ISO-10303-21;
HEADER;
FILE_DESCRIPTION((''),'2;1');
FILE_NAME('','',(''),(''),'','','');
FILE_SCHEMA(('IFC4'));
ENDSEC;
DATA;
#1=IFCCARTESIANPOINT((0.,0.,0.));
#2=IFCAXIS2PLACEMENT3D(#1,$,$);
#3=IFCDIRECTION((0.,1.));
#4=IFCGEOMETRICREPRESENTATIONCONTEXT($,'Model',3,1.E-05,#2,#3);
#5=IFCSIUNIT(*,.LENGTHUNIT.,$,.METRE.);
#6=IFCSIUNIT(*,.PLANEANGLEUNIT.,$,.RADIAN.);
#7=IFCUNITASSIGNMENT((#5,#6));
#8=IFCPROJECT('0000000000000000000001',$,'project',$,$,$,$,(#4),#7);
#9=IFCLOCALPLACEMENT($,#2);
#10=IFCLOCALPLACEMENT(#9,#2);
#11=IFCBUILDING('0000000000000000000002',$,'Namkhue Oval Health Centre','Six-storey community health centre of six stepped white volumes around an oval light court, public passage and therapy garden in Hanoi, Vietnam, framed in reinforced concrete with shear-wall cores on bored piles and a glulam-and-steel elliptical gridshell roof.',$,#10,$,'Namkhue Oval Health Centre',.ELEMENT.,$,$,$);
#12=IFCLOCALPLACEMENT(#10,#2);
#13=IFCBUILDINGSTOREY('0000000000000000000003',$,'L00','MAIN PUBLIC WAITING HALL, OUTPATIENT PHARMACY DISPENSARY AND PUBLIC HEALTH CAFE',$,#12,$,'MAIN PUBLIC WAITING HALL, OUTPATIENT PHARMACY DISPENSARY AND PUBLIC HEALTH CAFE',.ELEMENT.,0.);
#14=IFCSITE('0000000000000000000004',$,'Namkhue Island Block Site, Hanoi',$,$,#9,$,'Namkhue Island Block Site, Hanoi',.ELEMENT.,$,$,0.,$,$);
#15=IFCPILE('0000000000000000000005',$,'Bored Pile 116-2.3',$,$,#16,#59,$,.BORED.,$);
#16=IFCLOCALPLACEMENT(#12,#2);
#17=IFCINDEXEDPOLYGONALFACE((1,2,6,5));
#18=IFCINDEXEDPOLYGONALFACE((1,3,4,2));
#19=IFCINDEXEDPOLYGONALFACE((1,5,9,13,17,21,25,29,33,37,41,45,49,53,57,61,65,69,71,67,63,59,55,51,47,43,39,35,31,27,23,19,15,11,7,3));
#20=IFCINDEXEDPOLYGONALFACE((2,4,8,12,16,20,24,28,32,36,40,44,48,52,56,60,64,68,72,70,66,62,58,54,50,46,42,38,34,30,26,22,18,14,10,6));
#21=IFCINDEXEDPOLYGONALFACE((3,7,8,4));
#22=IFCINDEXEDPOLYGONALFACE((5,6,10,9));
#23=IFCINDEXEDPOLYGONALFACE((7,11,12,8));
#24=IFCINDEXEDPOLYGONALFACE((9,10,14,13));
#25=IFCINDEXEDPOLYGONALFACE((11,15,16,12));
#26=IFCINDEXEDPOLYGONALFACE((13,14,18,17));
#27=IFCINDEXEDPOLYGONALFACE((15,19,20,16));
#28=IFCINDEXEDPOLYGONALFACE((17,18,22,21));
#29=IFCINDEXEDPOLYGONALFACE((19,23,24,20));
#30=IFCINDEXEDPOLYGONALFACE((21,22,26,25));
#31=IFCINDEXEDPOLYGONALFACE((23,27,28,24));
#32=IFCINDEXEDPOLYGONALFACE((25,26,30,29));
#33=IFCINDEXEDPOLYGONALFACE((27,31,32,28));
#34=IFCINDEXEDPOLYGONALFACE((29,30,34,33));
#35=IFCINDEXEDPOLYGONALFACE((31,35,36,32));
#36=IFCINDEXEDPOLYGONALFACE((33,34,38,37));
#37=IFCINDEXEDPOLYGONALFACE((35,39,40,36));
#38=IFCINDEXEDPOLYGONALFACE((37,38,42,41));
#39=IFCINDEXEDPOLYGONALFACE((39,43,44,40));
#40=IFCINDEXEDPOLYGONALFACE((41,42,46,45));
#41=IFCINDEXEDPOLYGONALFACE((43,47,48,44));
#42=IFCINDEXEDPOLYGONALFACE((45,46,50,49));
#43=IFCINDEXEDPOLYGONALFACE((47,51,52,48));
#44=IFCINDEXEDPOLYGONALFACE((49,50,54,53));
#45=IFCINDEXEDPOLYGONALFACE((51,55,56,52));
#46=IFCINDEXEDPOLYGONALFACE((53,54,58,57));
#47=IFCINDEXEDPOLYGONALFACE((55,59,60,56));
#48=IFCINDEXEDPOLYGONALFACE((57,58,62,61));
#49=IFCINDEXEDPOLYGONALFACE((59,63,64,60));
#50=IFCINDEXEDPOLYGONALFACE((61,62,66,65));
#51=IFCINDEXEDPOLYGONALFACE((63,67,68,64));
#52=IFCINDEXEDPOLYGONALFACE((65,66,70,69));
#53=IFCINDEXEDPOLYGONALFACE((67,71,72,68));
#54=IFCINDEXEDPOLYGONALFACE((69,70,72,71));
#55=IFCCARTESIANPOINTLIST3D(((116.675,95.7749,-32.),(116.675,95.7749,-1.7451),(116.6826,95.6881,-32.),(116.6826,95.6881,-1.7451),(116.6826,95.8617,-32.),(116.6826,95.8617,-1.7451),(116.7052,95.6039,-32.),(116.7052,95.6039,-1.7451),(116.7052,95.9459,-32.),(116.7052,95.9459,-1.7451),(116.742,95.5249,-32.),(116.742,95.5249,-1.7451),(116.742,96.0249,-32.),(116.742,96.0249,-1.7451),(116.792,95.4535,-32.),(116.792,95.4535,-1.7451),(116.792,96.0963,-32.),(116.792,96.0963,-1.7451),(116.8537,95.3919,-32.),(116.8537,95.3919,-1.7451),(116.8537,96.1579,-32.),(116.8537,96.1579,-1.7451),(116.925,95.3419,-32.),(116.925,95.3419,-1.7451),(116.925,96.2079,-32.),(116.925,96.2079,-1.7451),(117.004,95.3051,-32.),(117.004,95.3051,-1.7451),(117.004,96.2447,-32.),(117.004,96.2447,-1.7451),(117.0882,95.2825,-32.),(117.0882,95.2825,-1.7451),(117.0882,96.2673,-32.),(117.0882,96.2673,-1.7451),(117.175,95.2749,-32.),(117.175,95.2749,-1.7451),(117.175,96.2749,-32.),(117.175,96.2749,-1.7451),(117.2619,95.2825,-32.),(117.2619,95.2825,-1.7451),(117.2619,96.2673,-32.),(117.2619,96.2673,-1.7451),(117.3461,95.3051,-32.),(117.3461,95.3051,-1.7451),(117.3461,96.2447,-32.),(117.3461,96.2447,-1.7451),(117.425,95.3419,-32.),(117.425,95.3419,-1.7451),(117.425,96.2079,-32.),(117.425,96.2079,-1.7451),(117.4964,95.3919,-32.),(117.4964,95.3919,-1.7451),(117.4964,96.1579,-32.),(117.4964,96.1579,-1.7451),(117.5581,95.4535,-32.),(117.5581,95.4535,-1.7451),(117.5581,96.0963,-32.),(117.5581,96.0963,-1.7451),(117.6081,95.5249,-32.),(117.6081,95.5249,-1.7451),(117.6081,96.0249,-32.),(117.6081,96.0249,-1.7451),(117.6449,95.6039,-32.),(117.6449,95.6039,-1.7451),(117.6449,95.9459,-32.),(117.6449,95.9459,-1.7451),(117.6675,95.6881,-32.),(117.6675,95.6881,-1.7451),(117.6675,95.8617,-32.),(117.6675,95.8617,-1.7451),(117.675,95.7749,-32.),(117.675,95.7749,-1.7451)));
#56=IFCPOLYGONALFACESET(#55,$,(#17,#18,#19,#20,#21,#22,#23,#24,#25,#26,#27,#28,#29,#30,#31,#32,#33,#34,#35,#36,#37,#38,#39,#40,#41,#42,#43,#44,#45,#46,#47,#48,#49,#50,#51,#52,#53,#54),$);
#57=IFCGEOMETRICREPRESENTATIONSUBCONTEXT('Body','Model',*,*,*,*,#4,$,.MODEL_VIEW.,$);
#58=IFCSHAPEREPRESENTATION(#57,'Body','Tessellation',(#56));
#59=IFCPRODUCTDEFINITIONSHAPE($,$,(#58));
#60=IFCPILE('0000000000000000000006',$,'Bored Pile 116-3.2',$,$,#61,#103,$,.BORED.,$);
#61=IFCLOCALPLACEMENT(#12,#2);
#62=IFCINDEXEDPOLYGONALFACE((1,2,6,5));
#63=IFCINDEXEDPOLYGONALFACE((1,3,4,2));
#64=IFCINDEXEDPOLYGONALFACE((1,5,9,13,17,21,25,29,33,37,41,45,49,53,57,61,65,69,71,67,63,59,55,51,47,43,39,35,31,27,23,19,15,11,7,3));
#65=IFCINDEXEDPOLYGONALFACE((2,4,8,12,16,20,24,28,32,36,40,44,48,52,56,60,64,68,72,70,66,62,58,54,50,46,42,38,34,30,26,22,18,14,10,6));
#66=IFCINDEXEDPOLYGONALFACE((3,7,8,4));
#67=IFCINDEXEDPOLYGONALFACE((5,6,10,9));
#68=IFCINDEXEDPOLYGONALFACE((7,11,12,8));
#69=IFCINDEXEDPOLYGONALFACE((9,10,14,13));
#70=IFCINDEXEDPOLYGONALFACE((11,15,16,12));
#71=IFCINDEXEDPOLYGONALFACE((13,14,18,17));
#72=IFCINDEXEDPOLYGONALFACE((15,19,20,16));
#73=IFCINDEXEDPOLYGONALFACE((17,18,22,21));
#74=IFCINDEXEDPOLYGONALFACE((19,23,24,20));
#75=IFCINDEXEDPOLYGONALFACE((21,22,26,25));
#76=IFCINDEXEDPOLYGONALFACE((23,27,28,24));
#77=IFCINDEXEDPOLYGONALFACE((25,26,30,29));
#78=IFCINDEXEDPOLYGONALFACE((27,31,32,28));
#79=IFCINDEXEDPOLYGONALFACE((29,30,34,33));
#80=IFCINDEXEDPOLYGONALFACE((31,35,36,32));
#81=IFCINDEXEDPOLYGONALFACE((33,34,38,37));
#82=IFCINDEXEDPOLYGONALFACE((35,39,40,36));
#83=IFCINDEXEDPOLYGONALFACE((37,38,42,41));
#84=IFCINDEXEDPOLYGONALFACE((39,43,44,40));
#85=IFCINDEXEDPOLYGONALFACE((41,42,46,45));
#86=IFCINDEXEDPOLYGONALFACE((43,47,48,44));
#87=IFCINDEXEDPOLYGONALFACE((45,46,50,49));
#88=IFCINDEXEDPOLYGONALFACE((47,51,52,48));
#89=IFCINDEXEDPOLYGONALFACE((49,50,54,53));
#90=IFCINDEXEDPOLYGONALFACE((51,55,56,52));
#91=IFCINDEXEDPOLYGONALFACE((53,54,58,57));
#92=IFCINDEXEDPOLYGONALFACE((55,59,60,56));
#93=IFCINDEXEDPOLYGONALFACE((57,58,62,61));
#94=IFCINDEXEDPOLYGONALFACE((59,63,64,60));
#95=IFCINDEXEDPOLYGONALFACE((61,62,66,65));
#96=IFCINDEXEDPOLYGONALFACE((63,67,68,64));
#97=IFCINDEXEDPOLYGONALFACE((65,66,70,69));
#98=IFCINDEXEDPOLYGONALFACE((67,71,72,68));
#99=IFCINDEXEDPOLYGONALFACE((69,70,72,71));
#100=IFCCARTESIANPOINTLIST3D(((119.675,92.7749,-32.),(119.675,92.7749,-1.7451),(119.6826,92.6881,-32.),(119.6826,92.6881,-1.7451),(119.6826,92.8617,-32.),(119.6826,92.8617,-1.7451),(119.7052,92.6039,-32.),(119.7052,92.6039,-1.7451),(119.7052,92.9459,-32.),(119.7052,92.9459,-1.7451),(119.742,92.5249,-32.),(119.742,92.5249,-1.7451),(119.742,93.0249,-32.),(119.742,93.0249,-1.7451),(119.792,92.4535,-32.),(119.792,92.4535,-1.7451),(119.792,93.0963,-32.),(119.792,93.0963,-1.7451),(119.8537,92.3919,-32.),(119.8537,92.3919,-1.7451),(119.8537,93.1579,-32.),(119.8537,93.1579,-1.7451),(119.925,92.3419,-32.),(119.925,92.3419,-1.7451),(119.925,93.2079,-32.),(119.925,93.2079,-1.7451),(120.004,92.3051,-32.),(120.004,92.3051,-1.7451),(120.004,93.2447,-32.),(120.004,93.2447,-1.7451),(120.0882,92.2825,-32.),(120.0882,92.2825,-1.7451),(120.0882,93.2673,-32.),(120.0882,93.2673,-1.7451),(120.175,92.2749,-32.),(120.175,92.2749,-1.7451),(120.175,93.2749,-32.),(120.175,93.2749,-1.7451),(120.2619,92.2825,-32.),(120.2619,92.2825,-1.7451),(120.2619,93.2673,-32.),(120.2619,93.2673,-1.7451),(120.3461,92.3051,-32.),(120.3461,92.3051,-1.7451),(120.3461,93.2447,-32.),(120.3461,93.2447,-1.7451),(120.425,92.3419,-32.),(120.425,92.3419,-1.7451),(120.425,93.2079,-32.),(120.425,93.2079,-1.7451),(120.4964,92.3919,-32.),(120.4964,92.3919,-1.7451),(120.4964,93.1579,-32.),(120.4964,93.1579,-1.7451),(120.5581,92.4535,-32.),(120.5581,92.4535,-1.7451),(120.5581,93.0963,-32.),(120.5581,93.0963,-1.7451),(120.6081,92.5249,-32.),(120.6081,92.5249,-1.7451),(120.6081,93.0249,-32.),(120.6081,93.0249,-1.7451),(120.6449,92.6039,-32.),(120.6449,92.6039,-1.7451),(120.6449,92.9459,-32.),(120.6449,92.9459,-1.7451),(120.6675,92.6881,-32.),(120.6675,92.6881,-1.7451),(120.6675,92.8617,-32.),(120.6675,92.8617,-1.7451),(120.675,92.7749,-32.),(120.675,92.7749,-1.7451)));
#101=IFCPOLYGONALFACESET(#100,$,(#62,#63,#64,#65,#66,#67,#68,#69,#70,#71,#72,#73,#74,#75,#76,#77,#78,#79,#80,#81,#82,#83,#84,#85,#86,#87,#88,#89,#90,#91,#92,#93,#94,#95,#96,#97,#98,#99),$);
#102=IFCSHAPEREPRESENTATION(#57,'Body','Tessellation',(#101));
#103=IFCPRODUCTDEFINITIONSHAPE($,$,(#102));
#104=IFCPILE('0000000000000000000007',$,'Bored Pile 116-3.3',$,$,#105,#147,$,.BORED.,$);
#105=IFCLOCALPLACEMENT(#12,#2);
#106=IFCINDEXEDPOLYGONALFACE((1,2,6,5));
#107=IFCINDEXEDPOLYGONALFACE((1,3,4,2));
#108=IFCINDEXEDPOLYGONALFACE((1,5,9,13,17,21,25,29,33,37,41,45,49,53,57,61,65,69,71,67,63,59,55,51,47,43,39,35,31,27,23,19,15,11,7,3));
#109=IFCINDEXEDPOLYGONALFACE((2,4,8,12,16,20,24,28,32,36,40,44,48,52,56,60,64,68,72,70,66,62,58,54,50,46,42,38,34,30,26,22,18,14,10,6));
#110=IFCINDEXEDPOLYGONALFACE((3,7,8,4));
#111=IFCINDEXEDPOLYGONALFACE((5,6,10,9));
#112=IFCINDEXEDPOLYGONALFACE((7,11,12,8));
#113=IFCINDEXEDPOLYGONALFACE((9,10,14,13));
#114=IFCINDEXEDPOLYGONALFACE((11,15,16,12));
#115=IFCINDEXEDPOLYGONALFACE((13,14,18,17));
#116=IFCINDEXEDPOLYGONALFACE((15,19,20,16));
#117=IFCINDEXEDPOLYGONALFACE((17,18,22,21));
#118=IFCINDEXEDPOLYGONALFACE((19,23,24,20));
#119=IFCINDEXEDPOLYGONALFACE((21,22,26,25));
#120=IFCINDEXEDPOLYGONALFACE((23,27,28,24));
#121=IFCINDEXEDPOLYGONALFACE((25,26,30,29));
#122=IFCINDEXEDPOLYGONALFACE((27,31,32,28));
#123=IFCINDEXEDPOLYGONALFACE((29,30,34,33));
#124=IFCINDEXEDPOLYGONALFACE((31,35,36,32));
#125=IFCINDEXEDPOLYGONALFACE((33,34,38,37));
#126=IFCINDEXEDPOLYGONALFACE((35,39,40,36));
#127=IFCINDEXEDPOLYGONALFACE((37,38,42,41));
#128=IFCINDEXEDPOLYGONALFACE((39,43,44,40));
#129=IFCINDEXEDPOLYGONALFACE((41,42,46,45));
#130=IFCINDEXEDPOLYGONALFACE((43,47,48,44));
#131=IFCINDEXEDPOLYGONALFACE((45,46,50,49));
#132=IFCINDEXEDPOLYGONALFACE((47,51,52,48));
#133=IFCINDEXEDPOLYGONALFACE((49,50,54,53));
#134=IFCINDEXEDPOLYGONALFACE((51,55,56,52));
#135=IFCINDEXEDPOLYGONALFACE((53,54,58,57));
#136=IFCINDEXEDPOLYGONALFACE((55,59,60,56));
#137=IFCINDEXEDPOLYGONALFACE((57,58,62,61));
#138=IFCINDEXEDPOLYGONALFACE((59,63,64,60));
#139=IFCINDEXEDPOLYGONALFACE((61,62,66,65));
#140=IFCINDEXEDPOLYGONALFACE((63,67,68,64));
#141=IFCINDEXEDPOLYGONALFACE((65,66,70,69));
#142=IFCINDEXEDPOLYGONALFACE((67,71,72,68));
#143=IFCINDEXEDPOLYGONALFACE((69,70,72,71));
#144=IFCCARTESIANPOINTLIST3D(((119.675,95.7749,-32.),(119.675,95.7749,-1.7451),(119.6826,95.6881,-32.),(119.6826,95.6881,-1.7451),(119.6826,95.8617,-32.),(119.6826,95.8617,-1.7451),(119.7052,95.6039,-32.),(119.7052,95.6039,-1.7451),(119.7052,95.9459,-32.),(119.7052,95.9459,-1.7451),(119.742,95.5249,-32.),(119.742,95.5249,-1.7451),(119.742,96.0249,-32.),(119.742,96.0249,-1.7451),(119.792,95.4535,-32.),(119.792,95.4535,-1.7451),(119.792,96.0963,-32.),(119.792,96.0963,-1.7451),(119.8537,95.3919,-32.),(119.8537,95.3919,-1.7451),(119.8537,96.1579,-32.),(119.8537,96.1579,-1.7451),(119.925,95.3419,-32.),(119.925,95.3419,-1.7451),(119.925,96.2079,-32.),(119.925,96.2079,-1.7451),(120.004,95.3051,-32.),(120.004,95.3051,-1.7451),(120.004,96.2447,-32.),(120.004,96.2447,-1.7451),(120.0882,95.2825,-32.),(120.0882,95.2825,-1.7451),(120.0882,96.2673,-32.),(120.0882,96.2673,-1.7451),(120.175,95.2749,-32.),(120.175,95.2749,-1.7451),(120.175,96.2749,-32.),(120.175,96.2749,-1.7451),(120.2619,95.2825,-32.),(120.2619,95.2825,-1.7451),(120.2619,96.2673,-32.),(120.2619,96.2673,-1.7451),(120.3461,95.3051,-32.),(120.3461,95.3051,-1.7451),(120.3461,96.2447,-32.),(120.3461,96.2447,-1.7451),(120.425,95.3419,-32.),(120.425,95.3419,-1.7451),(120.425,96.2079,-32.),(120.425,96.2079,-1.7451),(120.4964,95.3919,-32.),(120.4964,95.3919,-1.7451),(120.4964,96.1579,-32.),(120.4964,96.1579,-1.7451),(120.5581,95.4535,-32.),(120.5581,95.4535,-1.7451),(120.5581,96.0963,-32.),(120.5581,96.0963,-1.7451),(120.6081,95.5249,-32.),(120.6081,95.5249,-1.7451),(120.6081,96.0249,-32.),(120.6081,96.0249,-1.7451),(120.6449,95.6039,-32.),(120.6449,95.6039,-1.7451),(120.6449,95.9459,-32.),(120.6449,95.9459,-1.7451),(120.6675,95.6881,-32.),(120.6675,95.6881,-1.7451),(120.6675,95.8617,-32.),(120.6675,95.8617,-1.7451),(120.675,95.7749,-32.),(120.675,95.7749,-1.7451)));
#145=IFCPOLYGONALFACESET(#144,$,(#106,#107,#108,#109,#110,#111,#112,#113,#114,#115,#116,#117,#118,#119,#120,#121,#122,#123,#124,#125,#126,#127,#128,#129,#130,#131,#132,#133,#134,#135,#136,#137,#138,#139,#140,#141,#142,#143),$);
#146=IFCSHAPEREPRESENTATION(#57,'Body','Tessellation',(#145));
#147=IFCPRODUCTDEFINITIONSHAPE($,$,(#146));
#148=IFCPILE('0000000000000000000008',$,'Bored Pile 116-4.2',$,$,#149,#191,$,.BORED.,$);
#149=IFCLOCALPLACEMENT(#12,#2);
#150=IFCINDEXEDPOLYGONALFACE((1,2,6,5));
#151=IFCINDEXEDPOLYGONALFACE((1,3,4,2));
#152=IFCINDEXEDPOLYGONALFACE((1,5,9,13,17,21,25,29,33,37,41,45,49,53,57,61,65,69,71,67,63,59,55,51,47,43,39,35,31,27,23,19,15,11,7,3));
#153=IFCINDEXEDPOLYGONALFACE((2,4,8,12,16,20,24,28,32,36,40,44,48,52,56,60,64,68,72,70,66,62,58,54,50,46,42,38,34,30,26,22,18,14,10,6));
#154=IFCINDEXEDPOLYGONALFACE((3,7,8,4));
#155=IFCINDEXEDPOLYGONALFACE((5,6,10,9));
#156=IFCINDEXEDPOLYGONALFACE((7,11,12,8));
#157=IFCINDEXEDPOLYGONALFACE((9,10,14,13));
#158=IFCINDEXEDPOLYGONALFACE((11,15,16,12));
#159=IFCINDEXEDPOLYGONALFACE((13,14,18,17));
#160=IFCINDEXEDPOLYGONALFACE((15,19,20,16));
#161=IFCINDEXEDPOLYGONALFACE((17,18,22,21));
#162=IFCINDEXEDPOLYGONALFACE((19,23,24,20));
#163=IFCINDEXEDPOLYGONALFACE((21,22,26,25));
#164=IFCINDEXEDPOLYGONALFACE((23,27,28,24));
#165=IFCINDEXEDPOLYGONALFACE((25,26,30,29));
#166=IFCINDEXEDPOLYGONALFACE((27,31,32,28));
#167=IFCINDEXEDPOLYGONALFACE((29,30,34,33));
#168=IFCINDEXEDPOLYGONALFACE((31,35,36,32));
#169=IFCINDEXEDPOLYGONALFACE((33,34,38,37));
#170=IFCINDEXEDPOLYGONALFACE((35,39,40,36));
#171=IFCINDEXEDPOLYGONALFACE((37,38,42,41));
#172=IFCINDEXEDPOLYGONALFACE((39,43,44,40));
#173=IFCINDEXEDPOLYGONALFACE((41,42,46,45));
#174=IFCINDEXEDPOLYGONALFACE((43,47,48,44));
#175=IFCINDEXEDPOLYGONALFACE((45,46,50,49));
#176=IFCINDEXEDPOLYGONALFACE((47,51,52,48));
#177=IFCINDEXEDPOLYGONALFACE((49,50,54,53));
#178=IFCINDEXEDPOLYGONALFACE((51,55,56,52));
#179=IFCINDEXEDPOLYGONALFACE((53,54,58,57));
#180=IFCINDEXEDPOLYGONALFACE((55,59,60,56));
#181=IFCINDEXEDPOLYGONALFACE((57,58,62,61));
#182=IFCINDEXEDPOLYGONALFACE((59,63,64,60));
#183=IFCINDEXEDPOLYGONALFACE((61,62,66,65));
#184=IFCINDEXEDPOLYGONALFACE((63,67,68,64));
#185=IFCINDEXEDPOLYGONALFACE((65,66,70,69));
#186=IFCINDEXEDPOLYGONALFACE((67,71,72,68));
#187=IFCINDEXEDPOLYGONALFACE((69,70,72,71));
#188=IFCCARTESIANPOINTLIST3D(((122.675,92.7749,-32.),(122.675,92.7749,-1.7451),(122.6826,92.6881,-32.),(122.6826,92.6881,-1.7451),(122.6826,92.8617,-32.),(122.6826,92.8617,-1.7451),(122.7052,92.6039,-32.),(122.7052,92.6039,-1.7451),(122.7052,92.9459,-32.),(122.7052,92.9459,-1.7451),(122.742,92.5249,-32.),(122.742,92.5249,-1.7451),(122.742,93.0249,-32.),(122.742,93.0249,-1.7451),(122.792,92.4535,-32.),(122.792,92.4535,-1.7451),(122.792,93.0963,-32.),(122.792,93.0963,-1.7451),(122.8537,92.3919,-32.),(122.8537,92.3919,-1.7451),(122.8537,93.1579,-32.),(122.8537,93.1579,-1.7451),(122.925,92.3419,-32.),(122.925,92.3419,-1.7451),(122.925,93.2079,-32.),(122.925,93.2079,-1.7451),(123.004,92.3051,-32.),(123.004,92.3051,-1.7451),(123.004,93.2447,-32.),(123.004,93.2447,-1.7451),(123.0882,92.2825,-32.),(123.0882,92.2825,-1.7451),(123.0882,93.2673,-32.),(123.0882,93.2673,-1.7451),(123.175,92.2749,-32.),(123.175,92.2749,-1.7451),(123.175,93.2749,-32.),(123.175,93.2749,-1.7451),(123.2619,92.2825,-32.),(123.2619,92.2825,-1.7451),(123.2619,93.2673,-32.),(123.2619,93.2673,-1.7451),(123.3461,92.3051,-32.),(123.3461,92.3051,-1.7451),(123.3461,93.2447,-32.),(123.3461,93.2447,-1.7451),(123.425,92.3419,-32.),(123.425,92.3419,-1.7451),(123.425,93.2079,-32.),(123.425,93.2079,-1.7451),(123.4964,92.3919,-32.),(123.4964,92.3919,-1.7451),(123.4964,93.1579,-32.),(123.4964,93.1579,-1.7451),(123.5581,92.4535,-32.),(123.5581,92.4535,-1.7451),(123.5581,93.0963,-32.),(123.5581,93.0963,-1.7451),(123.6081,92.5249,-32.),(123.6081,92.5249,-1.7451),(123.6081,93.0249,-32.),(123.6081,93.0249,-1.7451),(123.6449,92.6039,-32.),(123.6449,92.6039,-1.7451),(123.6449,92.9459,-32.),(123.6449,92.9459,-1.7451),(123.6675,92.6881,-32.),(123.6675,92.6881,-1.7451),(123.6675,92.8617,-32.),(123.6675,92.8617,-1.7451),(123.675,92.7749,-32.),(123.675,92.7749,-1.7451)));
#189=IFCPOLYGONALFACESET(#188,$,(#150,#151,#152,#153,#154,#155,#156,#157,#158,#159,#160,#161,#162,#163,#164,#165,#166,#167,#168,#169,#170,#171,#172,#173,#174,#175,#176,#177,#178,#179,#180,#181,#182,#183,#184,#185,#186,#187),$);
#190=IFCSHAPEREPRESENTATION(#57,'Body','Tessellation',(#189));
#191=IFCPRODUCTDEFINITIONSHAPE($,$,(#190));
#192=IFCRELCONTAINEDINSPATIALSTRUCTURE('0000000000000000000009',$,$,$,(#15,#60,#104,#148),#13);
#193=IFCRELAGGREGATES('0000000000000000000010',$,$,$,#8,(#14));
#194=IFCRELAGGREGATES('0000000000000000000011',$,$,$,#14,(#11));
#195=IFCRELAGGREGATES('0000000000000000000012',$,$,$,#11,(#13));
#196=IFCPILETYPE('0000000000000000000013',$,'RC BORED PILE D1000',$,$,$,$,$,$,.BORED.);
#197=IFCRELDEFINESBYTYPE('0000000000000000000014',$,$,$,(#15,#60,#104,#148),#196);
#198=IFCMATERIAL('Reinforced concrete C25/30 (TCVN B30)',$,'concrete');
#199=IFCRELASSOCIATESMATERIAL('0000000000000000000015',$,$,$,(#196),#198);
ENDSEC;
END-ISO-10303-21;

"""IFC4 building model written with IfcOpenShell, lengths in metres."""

from ifc_helpers import new_model, si_unit, direction, frame, origin, origin_2d, place, context, subcontext, project, spatial, circle, extrude, material, material_profile, profile_set, type_object, element, save


model = new_model("IFC4")

# Units and contexts
model_context = context("Model", 3, precision=1e-05, world=origin(), true_north=direction((0.0, 1.0)))
body_context = subcontext(model_context, "Body", "Model", "MODEL_VIEW")
ifc_project = project(units=[si_unit("LENGTHUNIT", "METRE"), si_unit("PLANEANGLEUNIT", "RADIAN")], contexts=[model_context])

# Site, building, storey
site_placement = place(None, origin())
site = spatial("IfcSite", under=ifc_project, at=site_placement, Name="Namkhue Island Block Site, Hanoi", LongName="Namkhue Island Block Site, Hanoi", CompositionType="ELEMENT", RefElevation=0.0)
building_placement = place(site_placement, origin())
building = spatial("IfcBuilding", under=site, at=building_placement, Name="Namkhue Oval Health Centre", Description="Six-storey community health centre of six stepped white volumes around an oval light court, public passage and therapy garden in Hanoi, Vietnam, framed in reinforced concrete with shear-wall cores on bored piles and a glulam-and-steel elliptical gridshell roof.", LongName="Namkhue Oval Health Centre", CompositionType="ELEMENT")
storey_placement = place(building_placement, origin())
storey = spatial("IfcBuildingStorey", under=building, at=storey_placement, Name="L00", Description="MAIN PUBLIC WAITING HALL, OUTPATIENT PHARMACY DISPENSARY AND PUBLIC HEALTH CAFE", LongName="MAIN PUBLIC WAITING HALL, OUTPATIENT PHARMACY DISPENSARY AND PUBLIC HEALTH CAFE", CompositionType="ELEMENT", Elevation=0.0)

# Piles
ifc_material_1 = material(Name="Reinforced concrete C25/30 (TCVN B30)", Category="concrete")
ifc_material_profile_1 = material_profile(ifc_material_1, circle(Radius=0.5, at=origin_2d()), Name="BORED PILE D1000")
ifc_profile_set_1 = profile_set([ifc_material_profile_1], Name="Reinforced concrete C25/30 (TCVN B30)")
pile_type = type_object("IfcPileType", Name="RC BORED PILE D1000", PredefinedType="BORED", material=ifc_profile_set_1)
for number, where, z_axis, x_axis, name in (
    (1, (117.175, 95.7749, -1.7451), (0.0, 0.0, -1.0), (1.0, 0.0, 0.0), "Bored Pile 116-2.3"),
    (2, (120.175, 92.7749, -1.7451), (0.0, 0.0, -1.0), (1.0, 0.0, 0.0), "Bored Pile 116-3.2"),
    (3, (120.175, 95.7749, -1.7451), (0.0, 0.0, -1.0), (1.0, 0.0, 0.0), "Bored Pile 116-3.3"),
    (4, (123.175, 92.7749, -1.7451), (0.0, 0.0, -1.0), (1.0, 0.0, 0.0), "Bored Pile 116-4.2"),
):
    element("IfcPile", number, at=place(storey_placement, frame(where, z_axis=z_axis, x_axis=x_axis)), inside=storey, type_object=pile_type, Name=name, PredefinedType="BORED", context=body_context, shape_type="SweptSolid", body=[
        extrude(circle(Radius=0.5, at=origin_2d()), origin(), (0.0, 0.0, 1.0), 30.2549),
    ])

save(model, "model.ifc")
